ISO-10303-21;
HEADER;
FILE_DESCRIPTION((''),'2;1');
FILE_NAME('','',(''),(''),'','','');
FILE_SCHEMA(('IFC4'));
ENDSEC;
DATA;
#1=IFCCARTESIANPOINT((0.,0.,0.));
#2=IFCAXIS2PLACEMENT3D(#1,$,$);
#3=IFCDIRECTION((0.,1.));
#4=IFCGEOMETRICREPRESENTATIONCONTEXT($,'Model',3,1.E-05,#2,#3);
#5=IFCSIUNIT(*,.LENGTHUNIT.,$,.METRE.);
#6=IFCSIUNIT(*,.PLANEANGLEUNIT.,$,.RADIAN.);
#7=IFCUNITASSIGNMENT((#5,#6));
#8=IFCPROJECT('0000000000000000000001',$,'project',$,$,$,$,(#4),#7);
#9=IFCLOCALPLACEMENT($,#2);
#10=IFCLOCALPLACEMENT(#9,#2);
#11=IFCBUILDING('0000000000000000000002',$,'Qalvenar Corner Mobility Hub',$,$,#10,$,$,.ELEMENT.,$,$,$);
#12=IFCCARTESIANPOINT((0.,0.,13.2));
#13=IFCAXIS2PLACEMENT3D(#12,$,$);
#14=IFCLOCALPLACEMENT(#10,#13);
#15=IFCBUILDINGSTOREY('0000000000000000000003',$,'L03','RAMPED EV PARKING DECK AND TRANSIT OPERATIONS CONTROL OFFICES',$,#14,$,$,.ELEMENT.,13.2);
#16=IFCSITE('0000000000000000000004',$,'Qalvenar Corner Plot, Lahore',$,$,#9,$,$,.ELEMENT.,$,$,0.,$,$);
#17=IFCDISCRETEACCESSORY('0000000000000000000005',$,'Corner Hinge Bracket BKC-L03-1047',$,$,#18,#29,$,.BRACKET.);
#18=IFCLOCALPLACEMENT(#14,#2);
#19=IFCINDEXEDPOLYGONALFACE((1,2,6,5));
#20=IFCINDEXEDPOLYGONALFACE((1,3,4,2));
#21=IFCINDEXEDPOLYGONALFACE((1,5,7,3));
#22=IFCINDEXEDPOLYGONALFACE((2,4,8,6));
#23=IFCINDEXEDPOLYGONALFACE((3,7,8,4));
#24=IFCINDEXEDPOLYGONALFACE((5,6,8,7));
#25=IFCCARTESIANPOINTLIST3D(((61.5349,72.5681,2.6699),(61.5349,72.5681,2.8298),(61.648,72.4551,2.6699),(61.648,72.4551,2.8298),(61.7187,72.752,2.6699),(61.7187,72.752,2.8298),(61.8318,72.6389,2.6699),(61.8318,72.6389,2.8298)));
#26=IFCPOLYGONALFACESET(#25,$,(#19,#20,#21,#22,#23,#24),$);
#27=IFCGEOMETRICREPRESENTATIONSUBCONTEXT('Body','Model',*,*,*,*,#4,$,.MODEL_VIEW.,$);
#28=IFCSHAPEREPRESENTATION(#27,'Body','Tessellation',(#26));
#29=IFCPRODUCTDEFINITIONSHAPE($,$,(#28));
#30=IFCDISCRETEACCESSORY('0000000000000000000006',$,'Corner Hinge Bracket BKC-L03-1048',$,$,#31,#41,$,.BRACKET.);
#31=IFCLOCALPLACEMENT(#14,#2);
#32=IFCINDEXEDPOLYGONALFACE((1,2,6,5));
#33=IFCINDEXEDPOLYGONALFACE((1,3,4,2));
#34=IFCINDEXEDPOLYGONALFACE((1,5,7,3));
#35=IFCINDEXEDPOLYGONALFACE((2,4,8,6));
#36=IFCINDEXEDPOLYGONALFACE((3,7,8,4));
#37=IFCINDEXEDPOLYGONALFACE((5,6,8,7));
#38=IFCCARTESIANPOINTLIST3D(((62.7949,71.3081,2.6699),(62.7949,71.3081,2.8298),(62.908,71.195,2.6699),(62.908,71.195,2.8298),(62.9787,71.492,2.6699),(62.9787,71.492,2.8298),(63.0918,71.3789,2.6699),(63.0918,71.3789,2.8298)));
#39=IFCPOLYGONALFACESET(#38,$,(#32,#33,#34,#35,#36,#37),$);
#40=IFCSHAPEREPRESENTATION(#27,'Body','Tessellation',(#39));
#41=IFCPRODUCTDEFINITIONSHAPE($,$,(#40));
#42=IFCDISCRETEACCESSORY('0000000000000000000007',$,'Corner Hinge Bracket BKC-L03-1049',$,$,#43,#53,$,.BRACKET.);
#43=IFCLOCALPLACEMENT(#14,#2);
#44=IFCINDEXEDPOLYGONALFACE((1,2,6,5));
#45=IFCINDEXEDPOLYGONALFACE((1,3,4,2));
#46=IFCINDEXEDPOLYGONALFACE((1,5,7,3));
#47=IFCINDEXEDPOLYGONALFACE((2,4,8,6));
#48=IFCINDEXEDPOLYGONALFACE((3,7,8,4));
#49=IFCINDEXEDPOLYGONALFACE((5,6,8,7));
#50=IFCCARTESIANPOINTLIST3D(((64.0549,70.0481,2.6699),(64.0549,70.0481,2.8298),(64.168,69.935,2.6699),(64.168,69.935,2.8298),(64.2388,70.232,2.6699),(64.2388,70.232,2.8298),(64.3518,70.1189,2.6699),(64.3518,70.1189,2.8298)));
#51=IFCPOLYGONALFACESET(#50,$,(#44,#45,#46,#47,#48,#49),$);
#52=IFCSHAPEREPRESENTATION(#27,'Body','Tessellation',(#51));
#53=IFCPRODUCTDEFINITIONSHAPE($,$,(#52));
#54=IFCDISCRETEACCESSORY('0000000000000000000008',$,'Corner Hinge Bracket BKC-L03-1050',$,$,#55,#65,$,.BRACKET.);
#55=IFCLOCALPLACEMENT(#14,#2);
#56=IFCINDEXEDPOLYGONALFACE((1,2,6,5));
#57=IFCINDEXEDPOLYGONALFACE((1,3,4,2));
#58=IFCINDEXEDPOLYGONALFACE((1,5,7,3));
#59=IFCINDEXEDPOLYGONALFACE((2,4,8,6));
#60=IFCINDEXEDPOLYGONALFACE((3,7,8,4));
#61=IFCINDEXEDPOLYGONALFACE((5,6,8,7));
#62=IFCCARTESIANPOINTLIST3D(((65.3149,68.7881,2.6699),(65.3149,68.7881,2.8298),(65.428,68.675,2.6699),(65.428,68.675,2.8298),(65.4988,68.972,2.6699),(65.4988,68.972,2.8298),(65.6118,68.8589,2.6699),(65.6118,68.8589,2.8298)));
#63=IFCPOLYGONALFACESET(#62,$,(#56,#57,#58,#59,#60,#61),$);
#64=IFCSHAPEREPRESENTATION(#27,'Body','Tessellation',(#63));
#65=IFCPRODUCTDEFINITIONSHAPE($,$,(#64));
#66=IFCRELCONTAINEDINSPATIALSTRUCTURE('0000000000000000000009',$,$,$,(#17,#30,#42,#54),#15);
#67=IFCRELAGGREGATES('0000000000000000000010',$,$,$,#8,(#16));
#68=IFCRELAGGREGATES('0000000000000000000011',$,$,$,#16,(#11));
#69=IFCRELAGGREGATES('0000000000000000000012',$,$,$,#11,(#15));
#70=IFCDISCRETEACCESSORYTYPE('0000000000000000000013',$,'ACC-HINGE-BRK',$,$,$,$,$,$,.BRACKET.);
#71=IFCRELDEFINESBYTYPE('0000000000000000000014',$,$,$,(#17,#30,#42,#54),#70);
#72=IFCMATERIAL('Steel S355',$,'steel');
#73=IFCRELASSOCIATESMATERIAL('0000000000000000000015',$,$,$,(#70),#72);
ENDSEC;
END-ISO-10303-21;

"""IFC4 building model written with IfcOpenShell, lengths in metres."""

from ifc_helpers import new_model, si_unit, direction, frame, origin, origin_2d, place, context, subcontext, project, spatial, rectangle, extrude, material, type_object, element, save


model = new_model("IFC4")

# Units and contexts
model_context = context("Model", 3, precision=1e-05, world=origin(), true_north=direction((0.0, 1.0)))
body_context = subcontext(model_context, "Body", "Model", "MODEL_VIEW")
ifc_project = project(units=[si_unit("LENGTHUNIT", "METRE"), si_unit("PLANEANGLEUNIT", "RADIAN")], contexts=[model_context])

# Site, building, storey
site_placement = place(None, origin())
site = spatial("IfcSite", under=ifc_project, at=site_placement, Name="Qalvenar Corner Plot, Lahore", CompositionType="ELEMENT", RefElevation=0.0)
building_placement = place(site_placement, origin())
building = spatial("IfcBuilding", under=site, at=building_placement, Name="Qalvenar Corner Mobility Hub", CompositionType="ELEMENT")
storey_placement = place(building_placement, frame((0.0, 0.0, 13.2)))
storey = spatial("IfcBuildingStorey", under=building, at=storey_placement, Name="L03", Description="RAMPED EV PARKING DECK AND TRANSIT OPERATIONS CONTROL OFFICES", CompositionType="ELEMENT", Elevation=13.2)

# Shared definitions
ifc_material_1 = material(Name="Steel S355", Category="steel")

# Discrete accessories
discrete_accessory_type = type_object("IfcDiscreteAccessoryType", Name="ACC-HINGE-BRK", PredefinedType="BRACKET", material=ifc_material_1)
for number, where, z_axis, x_axis, name in (
    (1, (61.6833, 72.6035, 2.6699), (0.0, 0.0, 1.0), (0.707107, -0.707107, 0.0), "Corner Hinge Bracket BKC-L03-1047"),
    (2, (62.9434, 71.3435, 2.6699), (0.0, 0.0, 1.0), (0.707107, -0.707107, 0.0), "Corner Hinge Bracket BKC-L03-1048"),
    (3, (64.2034, 70.0835, 2.6699), (0.0, 0.0, 1.0), (0.707107, -0.707107, 0.0), "Corner Hinge Bracket BKC-L03-1049"),
    (4, (65.4634, 68.8235, 2.6699), (0.0, 0.0, 1.0), (0.707107, -0.707107, 0.0), "Corner Hinge Bracket BKC-L03-1050"),
):
    element("IfcDiscreteAccessory", number, at=place(storey_placement, frame(where, z_axis=z_axis, x_axis=x_axis)), inside=storey, type_object=discrete_accessory_type, Name=name, PredefinedType="BRACKET", context=body_context, shape_type="SweptSolid", body=[
        extrude(rectangle(XDim=0.1599, YDim=0.26, at=origin_2d()), origin(), (0.0, 0.0, 1.0), 0.1599),
    ])

save(model, "model.ifc")
